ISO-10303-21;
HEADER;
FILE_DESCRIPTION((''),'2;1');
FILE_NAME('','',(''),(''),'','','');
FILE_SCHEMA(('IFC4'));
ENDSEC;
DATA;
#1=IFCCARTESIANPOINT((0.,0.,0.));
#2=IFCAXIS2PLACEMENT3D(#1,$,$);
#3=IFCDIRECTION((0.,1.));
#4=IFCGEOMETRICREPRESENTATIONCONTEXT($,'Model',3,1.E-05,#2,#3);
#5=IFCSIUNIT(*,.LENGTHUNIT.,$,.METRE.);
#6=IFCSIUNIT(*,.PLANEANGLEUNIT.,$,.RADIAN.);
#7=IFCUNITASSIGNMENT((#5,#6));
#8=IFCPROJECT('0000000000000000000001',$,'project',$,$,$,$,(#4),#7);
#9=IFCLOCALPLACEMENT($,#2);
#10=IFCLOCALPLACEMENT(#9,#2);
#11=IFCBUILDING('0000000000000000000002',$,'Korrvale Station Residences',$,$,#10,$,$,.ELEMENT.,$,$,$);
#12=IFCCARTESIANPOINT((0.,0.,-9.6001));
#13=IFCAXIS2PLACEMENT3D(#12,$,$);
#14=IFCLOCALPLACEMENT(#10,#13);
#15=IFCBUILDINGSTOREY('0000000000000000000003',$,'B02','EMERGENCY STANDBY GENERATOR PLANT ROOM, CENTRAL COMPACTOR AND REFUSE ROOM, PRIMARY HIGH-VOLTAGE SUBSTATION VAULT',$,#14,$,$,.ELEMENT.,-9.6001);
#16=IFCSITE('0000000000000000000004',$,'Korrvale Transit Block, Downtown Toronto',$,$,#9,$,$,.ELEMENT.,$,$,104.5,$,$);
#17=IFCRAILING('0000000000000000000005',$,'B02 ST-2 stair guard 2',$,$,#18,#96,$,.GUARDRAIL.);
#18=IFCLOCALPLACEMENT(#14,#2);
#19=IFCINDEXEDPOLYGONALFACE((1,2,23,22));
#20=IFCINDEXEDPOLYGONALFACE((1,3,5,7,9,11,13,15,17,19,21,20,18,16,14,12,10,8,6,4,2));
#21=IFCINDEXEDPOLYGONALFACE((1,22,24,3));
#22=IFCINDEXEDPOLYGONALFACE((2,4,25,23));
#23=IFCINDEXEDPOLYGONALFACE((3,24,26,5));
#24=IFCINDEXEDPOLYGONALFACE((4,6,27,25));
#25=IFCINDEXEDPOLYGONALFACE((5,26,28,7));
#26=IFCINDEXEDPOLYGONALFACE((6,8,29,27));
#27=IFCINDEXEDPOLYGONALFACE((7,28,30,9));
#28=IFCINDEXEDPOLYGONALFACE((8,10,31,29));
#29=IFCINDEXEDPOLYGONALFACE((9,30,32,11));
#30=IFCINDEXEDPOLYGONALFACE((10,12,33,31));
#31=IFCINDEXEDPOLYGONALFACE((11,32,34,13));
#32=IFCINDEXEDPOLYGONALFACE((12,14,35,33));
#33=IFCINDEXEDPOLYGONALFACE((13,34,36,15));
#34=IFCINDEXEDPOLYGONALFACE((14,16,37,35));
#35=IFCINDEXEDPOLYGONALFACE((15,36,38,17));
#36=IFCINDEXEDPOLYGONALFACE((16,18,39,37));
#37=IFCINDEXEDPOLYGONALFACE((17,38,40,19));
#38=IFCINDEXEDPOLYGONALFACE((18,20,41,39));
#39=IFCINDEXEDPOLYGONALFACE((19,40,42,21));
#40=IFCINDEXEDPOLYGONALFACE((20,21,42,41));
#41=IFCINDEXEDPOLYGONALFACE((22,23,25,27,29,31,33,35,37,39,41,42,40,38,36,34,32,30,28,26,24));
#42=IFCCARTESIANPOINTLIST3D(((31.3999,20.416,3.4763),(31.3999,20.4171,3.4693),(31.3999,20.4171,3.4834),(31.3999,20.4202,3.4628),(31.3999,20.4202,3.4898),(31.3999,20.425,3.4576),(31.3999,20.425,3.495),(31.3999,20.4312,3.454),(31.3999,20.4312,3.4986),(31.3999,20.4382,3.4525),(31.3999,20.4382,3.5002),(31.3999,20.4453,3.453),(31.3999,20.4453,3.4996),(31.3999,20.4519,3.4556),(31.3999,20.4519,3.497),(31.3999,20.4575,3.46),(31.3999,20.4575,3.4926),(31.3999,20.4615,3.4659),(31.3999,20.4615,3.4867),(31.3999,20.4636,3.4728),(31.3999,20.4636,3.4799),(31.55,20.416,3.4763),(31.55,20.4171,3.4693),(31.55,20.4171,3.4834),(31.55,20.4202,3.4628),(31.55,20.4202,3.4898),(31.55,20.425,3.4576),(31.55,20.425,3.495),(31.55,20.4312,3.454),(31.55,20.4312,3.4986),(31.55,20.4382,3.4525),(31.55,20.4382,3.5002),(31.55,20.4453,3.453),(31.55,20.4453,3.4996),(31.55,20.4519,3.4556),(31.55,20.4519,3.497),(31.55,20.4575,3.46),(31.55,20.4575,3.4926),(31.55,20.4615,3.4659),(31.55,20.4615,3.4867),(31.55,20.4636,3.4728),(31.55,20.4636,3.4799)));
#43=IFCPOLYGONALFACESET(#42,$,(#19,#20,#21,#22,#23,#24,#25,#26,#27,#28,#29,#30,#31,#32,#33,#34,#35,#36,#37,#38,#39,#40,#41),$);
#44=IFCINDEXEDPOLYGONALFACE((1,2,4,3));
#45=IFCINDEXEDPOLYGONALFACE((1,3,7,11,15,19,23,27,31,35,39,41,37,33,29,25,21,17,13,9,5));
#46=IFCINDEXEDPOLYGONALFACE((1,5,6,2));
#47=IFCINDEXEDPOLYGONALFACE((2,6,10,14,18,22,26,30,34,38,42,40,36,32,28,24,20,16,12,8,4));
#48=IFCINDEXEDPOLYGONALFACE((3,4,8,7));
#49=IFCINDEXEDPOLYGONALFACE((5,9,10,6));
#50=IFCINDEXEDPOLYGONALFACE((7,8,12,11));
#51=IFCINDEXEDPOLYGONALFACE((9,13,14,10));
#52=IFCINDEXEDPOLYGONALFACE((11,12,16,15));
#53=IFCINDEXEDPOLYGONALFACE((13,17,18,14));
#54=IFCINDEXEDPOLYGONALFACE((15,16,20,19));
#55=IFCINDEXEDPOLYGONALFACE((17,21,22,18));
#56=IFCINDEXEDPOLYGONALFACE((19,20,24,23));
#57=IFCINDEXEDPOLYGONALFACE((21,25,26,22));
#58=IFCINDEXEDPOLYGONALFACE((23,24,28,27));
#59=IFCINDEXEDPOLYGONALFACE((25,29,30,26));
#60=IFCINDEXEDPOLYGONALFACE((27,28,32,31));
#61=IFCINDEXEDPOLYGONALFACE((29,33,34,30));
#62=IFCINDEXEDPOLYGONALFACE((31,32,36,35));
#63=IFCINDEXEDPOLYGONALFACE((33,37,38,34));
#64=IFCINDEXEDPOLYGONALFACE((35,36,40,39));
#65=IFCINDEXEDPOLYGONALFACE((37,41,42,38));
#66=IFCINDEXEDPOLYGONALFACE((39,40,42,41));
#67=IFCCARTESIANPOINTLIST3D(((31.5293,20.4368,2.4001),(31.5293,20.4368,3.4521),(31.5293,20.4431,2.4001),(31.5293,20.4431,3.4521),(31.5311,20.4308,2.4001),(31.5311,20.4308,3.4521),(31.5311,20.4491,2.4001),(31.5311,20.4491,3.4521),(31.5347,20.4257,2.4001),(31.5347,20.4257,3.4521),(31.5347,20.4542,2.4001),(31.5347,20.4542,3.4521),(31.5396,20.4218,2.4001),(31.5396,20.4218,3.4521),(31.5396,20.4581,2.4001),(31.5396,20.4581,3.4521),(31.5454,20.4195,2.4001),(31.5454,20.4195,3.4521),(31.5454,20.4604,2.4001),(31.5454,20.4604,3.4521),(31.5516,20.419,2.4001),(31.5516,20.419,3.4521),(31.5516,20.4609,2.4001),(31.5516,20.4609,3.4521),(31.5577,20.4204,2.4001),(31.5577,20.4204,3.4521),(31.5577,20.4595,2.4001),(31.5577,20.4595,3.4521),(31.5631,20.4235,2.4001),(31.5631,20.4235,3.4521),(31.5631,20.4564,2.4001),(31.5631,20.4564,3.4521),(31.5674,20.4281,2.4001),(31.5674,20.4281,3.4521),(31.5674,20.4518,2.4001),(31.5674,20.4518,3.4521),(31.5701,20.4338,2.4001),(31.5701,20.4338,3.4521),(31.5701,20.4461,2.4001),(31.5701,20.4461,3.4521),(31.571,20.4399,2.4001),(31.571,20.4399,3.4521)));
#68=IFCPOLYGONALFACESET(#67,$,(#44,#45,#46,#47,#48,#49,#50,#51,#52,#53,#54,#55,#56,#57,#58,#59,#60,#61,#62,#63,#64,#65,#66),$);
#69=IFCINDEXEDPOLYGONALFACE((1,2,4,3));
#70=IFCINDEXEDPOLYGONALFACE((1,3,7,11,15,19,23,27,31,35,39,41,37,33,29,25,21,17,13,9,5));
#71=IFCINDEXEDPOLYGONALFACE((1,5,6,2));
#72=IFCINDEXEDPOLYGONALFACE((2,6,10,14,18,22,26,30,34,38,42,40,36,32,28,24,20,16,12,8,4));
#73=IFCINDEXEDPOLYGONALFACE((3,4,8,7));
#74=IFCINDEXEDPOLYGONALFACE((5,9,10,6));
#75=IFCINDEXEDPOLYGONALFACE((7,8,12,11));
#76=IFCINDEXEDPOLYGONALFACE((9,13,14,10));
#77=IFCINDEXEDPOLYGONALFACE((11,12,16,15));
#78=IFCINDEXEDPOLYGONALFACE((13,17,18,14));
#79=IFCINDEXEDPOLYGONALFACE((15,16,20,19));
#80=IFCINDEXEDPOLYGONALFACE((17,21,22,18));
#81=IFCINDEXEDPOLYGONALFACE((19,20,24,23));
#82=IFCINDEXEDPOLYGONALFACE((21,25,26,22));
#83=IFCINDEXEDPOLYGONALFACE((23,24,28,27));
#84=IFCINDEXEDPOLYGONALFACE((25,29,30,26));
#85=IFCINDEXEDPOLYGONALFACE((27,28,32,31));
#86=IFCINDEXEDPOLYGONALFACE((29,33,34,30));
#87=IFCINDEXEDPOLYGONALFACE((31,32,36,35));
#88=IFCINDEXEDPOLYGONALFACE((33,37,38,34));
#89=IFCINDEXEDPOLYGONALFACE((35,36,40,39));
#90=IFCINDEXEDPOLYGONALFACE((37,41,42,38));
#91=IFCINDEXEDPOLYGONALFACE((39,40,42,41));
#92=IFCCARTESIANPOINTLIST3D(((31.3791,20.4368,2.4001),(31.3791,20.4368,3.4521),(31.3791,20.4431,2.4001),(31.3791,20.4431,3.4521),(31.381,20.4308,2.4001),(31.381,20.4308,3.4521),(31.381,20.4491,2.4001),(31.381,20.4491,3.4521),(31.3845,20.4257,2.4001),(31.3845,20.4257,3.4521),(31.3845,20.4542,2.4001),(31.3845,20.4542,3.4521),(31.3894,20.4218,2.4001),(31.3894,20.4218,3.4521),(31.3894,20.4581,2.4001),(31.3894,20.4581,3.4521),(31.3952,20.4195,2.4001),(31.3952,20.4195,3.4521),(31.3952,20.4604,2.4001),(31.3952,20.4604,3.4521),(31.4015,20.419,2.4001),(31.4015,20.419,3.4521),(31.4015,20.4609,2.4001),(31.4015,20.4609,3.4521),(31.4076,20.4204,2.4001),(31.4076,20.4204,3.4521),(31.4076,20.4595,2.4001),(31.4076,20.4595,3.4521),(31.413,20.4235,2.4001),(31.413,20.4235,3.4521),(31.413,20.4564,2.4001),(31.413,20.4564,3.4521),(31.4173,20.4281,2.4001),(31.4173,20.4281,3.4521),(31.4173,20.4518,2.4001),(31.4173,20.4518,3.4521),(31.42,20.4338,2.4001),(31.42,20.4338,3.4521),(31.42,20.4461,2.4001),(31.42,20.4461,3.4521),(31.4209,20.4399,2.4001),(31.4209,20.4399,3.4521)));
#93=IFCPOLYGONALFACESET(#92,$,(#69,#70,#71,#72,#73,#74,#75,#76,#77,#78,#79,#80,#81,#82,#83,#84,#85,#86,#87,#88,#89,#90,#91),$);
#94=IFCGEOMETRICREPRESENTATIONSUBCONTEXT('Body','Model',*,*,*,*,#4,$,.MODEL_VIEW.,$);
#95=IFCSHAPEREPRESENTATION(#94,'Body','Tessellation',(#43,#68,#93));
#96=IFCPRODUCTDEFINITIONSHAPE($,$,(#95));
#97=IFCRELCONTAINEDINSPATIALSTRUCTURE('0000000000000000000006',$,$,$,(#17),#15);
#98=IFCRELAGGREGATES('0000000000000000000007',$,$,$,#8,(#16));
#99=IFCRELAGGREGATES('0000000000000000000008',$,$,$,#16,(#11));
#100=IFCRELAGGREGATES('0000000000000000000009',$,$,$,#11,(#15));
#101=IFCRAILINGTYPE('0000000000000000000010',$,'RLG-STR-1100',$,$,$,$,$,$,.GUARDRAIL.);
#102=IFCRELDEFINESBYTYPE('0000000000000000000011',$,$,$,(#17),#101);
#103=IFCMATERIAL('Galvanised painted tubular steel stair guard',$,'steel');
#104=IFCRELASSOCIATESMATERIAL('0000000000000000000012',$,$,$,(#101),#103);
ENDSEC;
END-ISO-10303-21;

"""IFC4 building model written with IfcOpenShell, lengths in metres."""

from ifc_helpers import new_model, si_unit, direction, frame, origin, origin_2d, place, context, subcontext, project, spatial, circle, extrude, material, type_object, element, save


model = new_model("IFC4")

# Units and contexts
model_context = context("Model", 3, precision=1e-05, world=origin(), true_north=direction((0.0, 1.0)))
body_context = subcontext(model_context, "Body", "Model", "MODEL_VIEW")
ifc_project = project(units=[si_unit("LENGTHUNIT", "METRE"), si_unit("PLANEANGLEUNIT", "RADIAN")], contexts=[model_context])

# Site, building, storey
site_placement = place(None, origin())
site = spatial("IfcSite", under=ifc_project, at=site_placement, Name="Korrvale Transit Block, Downtown Toronto", CompositionType="ELEMENT", RefElevation=104.5)
building_placement = place(site_placement, origin())
building = spatial("IfcBuilding", under=site, at=building_placement, Name="Korrvale Station Residences", CompositionType="ELEMENT")
storey_placement = place(building_placement, frame((0.0, 0.0, -9.6001)))
storey = spatial("IfcBuildingStorey", under=building, at=storey_placement, Name="B02", Description="EMERGENCY STANDBY GENERATOR PLANT ROOM, CENTRAL COMPACTOR AND REFUSE ROOM, PRIMARY HIGH-VOLTAGE SUBSTATION VAULT", CompositionType="ELEMENT", Elevation=-9.6001)

# Railing
ifc_material_1 = material(Name="Galvanised painted tubular steel stair guard", Category="steel")
railing_type = type_object("IfcRailingType", Name="RLG-STR-1100", PredefinedType="GUARDRAIL", material=ifc_material_1)
railing_placement = place(storey_placement, frame((31.55, 20.4399, 2.4001)))
element("IfcRailing", 1, at=railing_placement, inside=storey, type_object=railing_type, Name="B02 ST-2 stair guard 2", PredefinedType="GUARDRAIL", context=body_context, shape_type="SweptSolid", body=[
    extrude(circle(Radius=0.0239, at=origin_2d()), frame((0.0, 0.0, 1.0762), z_axis=(-1.0, 0.0, 0.0), x_axis=(0.0, -1.0, 0.0)), (0.0, 0.0, 1.0), 0.1501),
    extrude(circle(Radius=0.021, at=origin_2d()), origin(), (0.0, 0.0, 1.0), 1.052),
    extrude(circle(Radius=0.021, at=origin_2d()), frame((-0.1501, 0.0, 0.0)), (0.0, 0.0, 1.0), 1.052),
])

save(model, "model.ifc")
